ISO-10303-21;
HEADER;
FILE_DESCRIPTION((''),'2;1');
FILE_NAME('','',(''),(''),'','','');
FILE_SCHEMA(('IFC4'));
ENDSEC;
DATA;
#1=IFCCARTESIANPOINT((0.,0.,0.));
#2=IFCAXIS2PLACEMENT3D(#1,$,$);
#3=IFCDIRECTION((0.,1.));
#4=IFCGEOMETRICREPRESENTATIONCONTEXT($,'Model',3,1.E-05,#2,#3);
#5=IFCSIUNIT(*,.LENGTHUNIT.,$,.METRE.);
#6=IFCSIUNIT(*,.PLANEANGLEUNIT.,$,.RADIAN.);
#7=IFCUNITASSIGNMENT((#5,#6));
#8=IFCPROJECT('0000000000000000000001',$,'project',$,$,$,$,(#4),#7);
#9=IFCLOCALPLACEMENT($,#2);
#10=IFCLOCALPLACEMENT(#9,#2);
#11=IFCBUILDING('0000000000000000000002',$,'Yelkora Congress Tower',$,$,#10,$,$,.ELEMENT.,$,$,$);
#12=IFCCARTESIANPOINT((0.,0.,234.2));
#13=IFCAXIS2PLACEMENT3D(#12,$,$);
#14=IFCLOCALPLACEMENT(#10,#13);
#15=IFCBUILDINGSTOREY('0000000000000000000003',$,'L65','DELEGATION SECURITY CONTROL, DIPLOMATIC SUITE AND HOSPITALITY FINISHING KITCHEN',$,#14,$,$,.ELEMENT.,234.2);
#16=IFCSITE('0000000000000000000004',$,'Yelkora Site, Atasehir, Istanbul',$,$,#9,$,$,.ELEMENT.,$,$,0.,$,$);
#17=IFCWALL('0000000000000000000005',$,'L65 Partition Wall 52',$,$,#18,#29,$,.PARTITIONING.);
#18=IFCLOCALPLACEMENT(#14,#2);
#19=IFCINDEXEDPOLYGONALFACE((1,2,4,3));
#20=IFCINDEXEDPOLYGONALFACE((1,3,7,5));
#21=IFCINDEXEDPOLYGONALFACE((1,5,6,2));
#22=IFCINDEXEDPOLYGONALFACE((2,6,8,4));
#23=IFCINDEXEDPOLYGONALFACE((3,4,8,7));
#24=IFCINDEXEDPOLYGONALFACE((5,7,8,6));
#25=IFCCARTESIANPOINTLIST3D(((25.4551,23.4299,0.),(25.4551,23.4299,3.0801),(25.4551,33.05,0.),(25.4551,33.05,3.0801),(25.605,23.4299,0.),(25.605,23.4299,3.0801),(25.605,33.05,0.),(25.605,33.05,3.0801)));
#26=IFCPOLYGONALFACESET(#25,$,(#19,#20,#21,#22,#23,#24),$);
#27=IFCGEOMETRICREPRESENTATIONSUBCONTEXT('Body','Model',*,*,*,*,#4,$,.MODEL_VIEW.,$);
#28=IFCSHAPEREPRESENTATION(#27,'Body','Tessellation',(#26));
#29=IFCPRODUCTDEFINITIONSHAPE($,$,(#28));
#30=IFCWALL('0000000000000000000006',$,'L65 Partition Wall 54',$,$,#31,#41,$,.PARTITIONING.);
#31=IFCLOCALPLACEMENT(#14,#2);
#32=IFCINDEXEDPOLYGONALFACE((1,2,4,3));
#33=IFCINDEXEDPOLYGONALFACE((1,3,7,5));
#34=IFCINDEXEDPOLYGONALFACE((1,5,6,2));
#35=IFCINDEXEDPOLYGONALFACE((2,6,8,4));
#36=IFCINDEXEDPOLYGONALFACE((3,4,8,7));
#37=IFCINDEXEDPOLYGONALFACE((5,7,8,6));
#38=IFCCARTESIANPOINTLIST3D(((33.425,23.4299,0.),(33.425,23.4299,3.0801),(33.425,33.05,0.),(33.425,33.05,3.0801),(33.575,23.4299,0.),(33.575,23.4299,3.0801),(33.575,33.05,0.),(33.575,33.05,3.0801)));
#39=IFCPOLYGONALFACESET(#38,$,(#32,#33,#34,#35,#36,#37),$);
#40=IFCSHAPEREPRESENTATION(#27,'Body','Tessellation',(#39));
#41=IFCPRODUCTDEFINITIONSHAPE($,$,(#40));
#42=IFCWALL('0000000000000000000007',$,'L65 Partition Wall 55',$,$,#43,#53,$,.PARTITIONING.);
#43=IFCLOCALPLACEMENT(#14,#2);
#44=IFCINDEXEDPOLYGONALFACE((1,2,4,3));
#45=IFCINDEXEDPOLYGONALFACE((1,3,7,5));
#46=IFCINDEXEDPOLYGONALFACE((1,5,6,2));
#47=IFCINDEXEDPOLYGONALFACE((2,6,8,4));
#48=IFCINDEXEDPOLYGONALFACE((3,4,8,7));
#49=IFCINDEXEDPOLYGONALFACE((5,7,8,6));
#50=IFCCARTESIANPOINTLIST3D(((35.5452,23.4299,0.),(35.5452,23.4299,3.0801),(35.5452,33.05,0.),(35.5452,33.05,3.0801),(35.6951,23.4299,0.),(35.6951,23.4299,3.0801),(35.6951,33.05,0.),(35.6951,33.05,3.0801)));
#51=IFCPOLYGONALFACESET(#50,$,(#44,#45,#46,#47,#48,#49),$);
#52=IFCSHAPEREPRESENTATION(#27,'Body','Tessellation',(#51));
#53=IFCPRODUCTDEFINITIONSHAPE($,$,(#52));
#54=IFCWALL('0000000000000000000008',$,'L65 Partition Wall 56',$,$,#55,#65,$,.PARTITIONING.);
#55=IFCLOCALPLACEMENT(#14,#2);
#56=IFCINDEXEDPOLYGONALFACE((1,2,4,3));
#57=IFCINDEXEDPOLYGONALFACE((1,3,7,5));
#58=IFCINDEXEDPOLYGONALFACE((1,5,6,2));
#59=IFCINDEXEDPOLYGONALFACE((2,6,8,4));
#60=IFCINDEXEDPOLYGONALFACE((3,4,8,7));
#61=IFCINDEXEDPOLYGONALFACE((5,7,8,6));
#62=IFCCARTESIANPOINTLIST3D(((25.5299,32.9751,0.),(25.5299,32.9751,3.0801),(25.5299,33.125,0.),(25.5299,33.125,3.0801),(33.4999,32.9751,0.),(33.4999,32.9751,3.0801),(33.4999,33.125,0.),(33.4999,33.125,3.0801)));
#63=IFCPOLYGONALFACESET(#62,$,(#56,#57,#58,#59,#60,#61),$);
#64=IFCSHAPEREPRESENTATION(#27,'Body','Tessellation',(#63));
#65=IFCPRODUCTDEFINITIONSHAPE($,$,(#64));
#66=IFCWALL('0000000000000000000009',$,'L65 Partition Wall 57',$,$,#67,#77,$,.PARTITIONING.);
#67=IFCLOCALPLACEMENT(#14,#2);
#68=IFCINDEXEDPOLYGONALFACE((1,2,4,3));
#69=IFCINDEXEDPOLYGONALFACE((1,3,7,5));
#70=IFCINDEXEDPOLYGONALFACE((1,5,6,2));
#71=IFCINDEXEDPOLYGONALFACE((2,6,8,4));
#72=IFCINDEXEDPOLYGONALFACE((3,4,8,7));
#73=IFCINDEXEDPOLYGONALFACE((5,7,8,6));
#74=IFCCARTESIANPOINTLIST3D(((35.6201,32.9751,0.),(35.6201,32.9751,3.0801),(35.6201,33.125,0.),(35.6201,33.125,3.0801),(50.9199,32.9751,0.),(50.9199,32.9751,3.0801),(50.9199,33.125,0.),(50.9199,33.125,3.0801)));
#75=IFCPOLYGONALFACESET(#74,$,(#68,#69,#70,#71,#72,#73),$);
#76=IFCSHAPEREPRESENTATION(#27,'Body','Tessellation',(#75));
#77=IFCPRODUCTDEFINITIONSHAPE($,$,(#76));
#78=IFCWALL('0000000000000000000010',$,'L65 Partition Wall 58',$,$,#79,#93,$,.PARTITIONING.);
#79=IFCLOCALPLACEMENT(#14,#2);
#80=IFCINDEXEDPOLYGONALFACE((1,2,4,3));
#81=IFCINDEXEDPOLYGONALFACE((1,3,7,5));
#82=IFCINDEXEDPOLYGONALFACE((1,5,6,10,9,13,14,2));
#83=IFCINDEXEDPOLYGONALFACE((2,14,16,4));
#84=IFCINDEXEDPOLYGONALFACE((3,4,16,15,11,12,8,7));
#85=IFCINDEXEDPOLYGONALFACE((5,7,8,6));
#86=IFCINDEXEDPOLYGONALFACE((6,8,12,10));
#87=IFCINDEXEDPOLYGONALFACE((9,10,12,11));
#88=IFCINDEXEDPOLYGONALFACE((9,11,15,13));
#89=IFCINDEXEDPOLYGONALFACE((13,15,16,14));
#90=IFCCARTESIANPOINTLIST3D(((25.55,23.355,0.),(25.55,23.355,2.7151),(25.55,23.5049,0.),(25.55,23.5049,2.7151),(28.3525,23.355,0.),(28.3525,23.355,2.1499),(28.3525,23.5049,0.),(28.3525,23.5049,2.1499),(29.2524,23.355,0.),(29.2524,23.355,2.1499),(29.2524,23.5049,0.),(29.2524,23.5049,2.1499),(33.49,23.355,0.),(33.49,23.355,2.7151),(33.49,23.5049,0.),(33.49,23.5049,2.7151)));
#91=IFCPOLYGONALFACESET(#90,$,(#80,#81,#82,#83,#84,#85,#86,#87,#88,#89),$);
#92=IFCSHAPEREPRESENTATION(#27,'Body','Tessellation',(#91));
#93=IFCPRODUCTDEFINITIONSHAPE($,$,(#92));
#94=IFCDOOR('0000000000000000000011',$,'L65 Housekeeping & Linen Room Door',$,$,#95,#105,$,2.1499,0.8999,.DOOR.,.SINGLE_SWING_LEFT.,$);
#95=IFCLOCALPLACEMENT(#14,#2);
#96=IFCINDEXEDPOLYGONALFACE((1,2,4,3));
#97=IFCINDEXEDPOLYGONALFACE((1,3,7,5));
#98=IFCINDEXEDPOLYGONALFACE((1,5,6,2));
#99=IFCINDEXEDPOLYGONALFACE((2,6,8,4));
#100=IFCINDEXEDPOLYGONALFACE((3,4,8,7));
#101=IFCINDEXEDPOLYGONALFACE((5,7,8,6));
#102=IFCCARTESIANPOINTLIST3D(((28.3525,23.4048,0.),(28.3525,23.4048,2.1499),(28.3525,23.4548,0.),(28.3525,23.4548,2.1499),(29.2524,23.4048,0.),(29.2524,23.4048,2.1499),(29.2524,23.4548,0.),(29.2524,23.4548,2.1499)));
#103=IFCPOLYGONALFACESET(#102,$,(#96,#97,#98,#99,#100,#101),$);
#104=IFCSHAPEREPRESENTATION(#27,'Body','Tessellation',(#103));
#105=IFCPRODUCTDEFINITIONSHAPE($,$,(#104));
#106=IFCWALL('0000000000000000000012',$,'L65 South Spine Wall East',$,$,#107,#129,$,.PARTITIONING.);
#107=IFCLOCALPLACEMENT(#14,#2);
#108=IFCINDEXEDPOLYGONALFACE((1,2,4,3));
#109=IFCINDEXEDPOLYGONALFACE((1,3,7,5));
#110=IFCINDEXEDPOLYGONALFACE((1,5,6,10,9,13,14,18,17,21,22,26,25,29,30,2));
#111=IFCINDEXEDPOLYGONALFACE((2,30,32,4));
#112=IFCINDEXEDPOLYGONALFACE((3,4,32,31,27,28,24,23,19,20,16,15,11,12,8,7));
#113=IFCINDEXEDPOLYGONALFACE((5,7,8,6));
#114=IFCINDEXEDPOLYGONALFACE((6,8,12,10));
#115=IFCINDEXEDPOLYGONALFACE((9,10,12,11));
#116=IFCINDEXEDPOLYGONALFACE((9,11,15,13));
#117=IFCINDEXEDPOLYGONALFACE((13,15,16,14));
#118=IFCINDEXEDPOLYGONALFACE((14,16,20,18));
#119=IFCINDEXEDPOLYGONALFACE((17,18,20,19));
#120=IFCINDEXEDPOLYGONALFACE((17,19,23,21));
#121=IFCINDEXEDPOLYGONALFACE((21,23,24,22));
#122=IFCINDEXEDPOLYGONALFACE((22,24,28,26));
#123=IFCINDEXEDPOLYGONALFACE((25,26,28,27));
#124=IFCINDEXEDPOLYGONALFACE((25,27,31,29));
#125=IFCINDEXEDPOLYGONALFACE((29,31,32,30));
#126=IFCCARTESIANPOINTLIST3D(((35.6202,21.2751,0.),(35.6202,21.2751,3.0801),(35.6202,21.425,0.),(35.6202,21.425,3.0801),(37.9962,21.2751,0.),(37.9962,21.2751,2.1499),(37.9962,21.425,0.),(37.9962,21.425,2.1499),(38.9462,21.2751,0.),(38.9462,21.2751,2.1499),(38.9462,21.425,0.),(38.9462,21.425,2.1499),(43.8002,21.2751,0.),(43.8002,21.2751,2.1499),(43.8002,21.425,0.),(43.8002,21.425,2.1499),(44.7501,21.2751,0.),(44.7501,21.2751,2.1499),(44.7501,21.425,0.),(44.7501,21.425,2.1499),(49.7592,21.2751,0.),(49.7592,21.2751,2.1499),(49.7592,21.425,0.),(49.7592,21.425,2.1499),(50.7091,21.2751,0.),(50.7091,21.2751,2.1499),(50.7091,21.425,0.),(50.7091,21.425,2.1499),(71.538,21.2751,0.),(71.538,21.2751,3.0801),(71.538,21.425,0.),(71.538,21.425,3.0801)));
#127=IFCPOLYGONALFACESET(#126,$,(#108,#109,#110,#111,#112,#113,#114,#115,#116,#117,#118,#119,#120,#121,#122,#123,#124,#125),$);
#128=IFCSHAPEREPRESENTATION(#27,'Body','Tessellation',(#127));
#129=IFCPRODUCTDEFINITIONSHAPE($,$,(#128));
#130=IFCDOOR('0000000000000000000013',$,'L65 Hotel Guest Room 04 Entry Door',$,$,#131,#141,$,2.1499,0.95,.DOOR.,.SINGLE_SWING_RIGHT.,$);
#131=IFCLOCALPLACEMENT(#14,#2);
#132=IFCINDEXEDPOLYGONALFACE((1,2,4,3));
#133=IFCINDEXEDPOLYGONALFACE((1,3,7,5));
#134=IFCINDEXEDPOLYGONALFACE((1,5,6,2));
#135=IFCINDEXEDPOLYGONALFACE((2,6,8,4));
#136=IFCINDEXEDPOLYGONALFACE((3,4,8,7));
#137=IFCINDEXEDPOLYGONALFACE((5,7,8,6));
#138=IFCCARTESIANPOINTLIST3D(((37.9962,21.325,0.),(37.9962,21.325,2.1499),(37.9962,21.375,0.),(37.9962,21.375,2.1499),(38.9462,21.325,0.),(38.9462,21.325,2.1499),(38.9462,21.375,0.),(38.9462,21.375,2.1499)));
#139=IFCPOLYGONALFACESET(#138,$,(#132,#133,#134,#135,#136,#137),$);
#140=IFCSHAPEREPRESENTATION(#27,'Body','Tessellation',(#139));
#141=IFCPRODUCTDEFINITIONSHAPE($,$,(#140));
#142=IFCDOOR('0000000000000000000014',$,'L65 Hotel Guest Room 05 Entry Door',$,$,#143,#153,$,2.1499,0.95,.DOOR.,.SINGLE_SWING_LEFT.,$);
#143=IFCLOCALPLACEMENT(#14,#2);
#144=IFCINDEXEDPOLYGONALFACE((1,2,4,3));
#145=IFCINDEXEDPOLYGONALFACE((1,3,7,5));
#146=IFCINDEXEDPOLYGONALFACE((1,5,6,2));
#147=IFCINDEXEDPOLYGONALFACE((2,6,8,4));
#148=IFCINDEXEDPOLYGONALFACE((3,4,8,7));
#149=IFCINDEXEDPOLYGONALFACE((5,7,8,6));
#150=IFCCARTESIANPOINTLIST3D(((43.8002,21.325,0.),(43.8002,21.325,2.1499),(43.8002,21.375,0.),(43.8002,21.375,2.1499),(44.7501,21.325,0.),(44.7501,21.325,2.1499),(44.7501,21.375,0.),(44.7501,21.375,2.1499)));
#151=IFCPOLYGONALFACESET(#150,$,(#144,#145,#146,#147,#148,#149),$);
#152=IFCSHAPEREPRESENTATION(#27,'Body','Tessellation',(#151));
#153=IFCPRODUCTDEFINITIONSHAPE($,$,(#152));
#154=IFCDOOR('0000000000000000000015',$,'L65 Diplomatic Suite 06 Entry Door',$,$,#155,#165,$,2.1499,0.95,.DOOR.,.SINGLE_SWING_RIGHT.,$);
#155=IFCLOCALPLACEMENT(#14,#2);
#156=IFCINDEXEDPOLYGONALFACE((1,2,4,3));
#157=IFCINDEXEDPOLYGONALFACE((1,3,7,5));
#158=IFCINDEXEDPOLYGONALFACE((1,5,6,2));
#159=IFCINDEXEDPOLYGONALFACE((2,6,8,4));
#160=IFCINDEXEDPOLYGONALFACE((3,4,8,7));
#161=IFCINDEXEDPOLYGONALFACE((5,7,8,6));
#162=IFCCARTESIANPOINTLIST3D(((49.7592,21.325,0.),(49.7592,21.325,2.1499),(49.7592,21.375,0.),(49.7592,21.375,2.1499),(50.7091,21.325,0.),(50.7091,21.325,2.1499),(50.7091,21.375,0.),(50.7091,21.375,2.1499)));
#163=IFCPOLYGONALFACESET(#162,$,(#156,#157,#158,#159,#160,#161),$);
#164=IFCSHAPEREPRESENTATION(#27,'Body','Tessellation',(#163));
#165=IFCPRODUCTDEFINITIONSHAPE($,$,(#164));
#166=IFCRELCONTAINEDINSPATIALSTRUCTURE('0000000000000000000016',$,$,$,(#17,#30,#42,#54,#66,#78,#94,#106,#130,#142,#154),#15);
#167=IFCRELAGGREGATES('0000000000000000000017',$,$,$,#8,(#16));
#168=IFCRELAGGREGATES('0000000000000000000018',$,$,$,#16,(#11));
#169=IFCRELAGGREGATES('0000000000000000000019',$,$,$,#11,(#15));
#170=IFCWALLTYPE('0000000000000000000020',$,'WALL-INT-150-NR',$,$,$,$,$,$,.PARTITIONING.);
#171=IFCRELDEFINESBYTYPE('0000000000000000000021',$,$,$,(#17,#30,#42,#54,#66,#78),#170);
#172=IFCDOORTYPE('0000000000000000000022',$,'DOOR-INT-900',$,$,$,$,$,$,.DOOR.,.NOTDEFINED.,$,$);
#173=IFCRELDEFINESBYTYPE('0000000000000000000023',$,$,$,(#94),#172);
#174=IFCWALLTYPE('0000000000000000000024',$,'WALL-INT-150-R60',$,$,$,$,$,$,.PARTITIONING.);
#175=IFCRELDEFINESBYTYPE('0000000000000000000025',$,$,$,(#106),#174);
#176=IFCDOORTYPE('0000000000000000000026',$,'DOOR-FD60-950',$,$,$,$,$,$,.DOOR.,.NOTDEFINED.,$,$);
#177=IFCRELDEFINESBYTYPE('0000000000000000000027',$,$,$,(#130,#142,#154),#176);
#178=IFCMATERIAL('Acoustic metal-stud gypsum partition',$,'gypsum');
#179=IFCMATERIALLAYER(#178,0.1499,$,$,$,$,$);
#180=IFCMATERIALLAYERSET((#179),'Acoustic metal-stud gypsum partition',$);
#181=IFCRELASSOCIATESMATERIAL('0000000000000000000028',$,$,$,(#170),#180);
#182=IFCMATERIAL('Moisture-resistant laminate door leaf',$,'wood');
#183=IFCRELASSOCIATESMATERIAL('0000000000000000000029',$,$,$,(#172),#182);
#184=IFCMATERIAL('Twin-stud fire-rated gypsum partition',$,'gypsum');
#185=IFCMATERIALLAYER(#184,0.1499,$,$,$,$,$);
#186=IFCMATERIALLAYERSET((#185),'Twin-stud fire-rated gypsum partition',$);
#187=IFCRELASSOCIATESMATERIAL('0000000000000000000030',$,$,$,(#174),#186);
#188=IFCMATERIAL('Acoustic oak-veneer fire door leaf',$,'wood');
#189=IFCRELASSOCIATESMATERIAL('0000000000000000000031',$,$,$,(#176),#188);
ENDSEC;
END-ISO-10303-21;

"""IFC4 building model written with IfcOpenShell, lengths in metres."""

from ifc_helpers import new_model, si_unit, direction, frame, frame_2d, origin, place, context, subcontext, project, spatial, rectangle, extrude, material, layer, layer_set, type_object, element, fill, save


model = new_model("IFC4")

# Units and contexts
model_context = context("Model", 3, precision=1e-05, world=origin(), true_north=direction((0.0, 1.0)))
body_context = subcontext(model_context, "Body", "Model", "MODEL_VIEW")
ifc_project = project(units=[si_unit("LENGTHUNIT", "METRE"), si_unit("PLANEANGLEUNIT", "RADIAN")], contexts=[model_context])

# Site, building, storey
site_placement = place(None, origin())
site = spatial("IfcSite", under=ifc_project, at=site_placement, Name="Yelkora Site, Atasehir, Istanbul", CompositionType="ELEMENT", RefElevation=0.0)
building_placement = place(site_placement, origin())
building = spatial("IfcBuilding", under=site, at=building_placement, Name="Yelkora Congress Tower", CompositionType="ELEMENT")
storey_placement = place(building_placement, frame((0.0, 0.0, 234.2)))
storey = spatial("IfcBuildingStorey", under=building, at=storey_placement, Name="L65", Description="DELEGATION SECURITY CONTROL, DIPLOMATIC SUITE AND HOSPITALITY FINISHING KITCHEN", CompositionType="ELEMENT", Elevation=234.2)

# Walls
ifc_material_1 = material(Name="Acoustic metal-stud gypsum partition", Category="gypsum")
ifc_layer_1 = layer(ifc_material_1, 0.1499)
ifc_layer_set_1 = layer_set([ifc_layer_1], Name="Acoustic metal-stud gypsum partition")
wall_type_1 = type_object("IfcWallType", Name="WALL-INT-150-NR", PredefinedType="PARTITIONING", material=ifc_layer_set_1)
for number, where, z_axis, x_axis, name in (
    (1, (25.53, 23.4299, 0.0), (0.0, 0.0, 1.0), (0.0, 1.0, 0.0), "L65 Partition Wall 52"),
    (2, (33.5, 23.4299, 0.0), (0.0, 0.0, 1.0), (0.0, 1.0, 0.0), "L65 Partition Wall 54"),
    (3, (35.6201, 23.4299, 0.0), (0.0, 0.0, 1.0), (0.0, 1.0, 0.0), "L65 Partition Wall 55"),
):
    element("IfcWall", number, at=place(storey_placement, frame(where, z_axis=z_axis, x_axis=x_axis)), inside=storey, type_object=wall_type_1, Name=name, PredefinedType="PARTITIONING", context=body_context, shape_type="SweptSolid", body=[
        extrude(rectangle(XDim=9.6201, YDim=0.1499, at=frame_2d((4.8101, 0.0))), origin(), (0.0, 0.0, 1.0), 3.0801),
    ])
wall_1_placement = place(storey_placement, frame((25.53, 33.05, 0.0), z_axis=(0.0, 0.0, 1.0), x_axis=(1.0, 0.0, 0.0)))
element("IfcWall", 4, at=wall_1_placement, inside=storey, type_object=wall_type_1, Name="L65 Partition Wall 56", PredefinedType="PARTITIONING", context=body_context, shape_type="SweptSolid", body=[
    extrude(rectangle(XDim=7.97, YDim=0.1499, at=frame_2d((3.9849, 0.0))), origin(), (0.0, 0.0, 1.0), 3.0801),
])
wall_2_placement = place(storey_placement, frame((35.6201, 33.05, 0.0), z_axis=(0.0, 0.0, 1.0), x_axis=(1.0, 0.0, 0.0)))
element("IfcWall", 5, at=wall_2_placement, inside=storey, type_object=wall_type_1, Name="L65 Partition Wall 57", PredefinedType="PARTITIONING", context=body_context, shape_type="SweptSolid", body=[
    extrude(rectangle(XDim=15.2998, YDim=0.1499, at=frame_2d((7.6499, 0.0))), origin(), (0.0, 0.0, 1.0), 3.0801),
])

# Wall, opening, door
wall_3_placement = place(storey_placement, frame((25.55, 23.4299, 0.0), z_axis=(0.0, 0.0, 1.0), x_axis=(1.0, 0.0, 0.0)))
wall_3 = element("IfcWall", 6, at=wall_3_placement, inside=storey, type_object=wall_type_1, Name="L65 Partition Wall 58", PredefinedType="PARTITIONING", context=body_context, shape_type="SweptSolid", body=[
    extrude(rectangle(XDim=7.9399, YDim=0.1499, at=frame_2d((3.97, 0.0))), origin(), (0.0, 0.0, 1.0), 2.7151),
])
opening_1_placement = place(wall_3_placement, frame((2.8025, 0.0, 0.0)))
opening_1 = element("IfcOpeningElement", 7, at=opening_1_placement, cuts=wall_3, PredefinedType="OPENING", context=body_context, shape_type="SweptSolid", body=[
    extrude(rectangle(XDim=0.8999, YDim=2.1499, at=frame_2d((0.45, 1.075))), frame((0.0, 0.085, 0.0), z_axis=(0.0, -1.0, 0.0), x_axis=(1.0, 0.0, 0.0)), (0.0, 0.0, 1.0), 0.1699),
])
ifc_material_2 = material(Name="Moisture-resistant laminate door leaf", Category="wood")
door_type_1 = type_object("IfcDoorType", Name="DOOR-INT-900", OperationType="NOTDEFINED", PredefinedType="DOOR", material=ifc_material_2)
door_1_placement = place(opening_1_placement, origin())
door_1 = element("IfcDoor", 8, at=door_1_placement, inside=storey, type_object=door_type_1, Name="L65 Housekeeping & Linen Room Door", OperationType="SINGLE_SWING_LEFT", OverallHeight=2.1499, OverallWidth=0.8999, PredefinedType="DOOR", context=body_context, shape_type="SweptSolid", body=[
    extrude(rectangle(XDim=0.8999, YDim=2.1499, at=frame_2d((0.45, 1.075))), frame((0.0, 0.0249, 0.0), z_axis=(0.0, -1.0, 0.0), x_axis=(1.0, 0.0, 0.0)), (0.0, 0.0, 1.0), 0.05),
])
fill(opening_1, door_1)

# Wall, openings, doors
ifc_material_3 = material(Name="Twin-stud fire-rated gypsum partition", Category="gypsum")
ifc_layer_2 = layer(ifc_material_3, 0.1499)
ifc_layer_set_2 = layer_set([ifc_layer_2], Name="Twin-stud fire-rated gypsum partition")
wall_type_2 = type_object("IfcWallType", Name="WALL-INT-150-R60", PredefinedType="PARTITIONING", material=ifc_layer_set_2)
wall_4_placement = place(storey_placement, frame((35.6201, 21.3501, 0.0), z_axis=(0.0, 0.0, 1.0), x_axis=(1.0, 0.0, 0.0)))
wall_4 = element("IfcWall", 9, at=wall_4_placement, inside=storey, type_object=wall_type_2, Name="L65 South Spine Wall East", PredefinedType="PARTITIONING", context=body_context, shape_type="SweptSolid", body=[
    extrude(rectangle(XDim=35.9177, YDim=0.1499, at=frame_2d((17.959, 0.0))), origin(), (0.0, 0.0, 1.0), 3.0801),
])
opening_2_placement = place(wall_4_placement, frame((2.376, 0.0, 0.0)))
opening_2 = element("IfcOpeningElement", 10, at=opening_2_placement, cuts=wall_4, PredefinedType="OPENING", context=body_context, shape_type="SweptSolid", body=[
    extrude(rectangle(XDim=0.95, YDim=2.1499, at=frame_2d((0.4751, 1.075))), frame((0.0, 0.085, 0.0), z_axis=(0.0, -1.0, 0.0), x_axis=(1.0, 0.0, 0.0)), (0.0, 0.0, 1.0), 0.1699),
])
opening_3_placement = place(wall_4_placement, frame((8.1799, 0.0, 0.0)))
opening_3 = element("IfcOpeningElement", 11, at=opening_3_placement, cuts=wall_4, PredefinedType="OPENING", context=body_context, shape_type="SweptSolid", body=[
    extrude(rectangle(XDim=0.95, YDim=2.1499, at=frame_2d((0.4751, 1.075))), frame((0.0, 0.085, 0.0), z_axis=(0.0, -1.0, 0.0), x_axis=(1.0, 0.0, 0.0)), (0.0, 0.0, 1.0), 0.1699),
])
opening_4_placement = place(wall_4_placement, frame((14.1389, 0.0, 0.0)))
opening_4 = element("IfcOpeningElement", 12, at=opening_4_placement, cuts=wall_4, PredefinedType="OPENING", context=body_context, shape_type="SweptSolid", body=[
    extrude(rectangle(XDim=0.95, YDim=2.1499, at=frame_2d((0.4751, 1.075))), frame((0.0, 0.085, 0.0), z_axis=(0.0, -1.0, 0.0), x_axis=(1.0, 0.0, 0.0)), (0.0, 0.0, 1.0), 0.1699),
])
ifc_material_4 = material(Name="Acoustic oak-veneer fire door leaf", Category="wood")
door_type_2 = type_object("IfcDoorType", Name="DOOR-FD60-950", OperationType="NOTDEFINED", PredefinedType="DOOR", material=ifc_material_4)
door_2_placement = place(opening_2_placement, origin())
door_2 = element("IfcDoor", 13, at=door_2_placement, inside=storey, type_object=door_type_2, Name="L65 Hotel Guest Room 04 Entry Door", OperationType="SINGLE_SWING_RIGHT", OverallHeight=2.1499, OverallWidth=0.95, PredefinedType="DOOR", context=body_context, shape_type="SweptSolid", body=[
    extrude(rectangle(XDim=0.95, YDim=2.1499, at=frame_2d((0.4751, 1.075))), frame((0.0, 0.0249, 0.0), z_axis=(0.0, -1.0, 0.0), x_axis=(1.0, 0.0, 0.0)), (0.0, 0.0, 1.0), 0.05),
])
fill(opening_2, door_2)
door_3_placement = place(opening_3_placement, origin())
door_3 = element("IfcDoor", 14, at=door_3_placement, inside=storey, type_object=door_type_2, Name="L65 Hotel Guest Room 05 Entry Door", OperationType="SINGLE_SWING_LEFT", OverallHeight=2.1499, OverallWidth=0.95, PredefinedType="DOOR", context=body_context, shape_type="SweptSolid", body=[
    extrude(rectangle(XDim=0.95, YDim=2.1499, at=frame_2d((0.4751, 1.075))), frame((0.0, 0.0249, 0.0), z_axis=(0.0, -1.0, 0.0), x_axis=(1.0, 0.0, 0.0)), (0.0, 0.0, 1.0), 0.05),
])
fill(opening_3, door_3)
door_4_placement = place(opening_4_placement, origin())
door_4 = element("IfcDoor", 15, at=door_4_placement, inside=storey, type_object=door_type_2, Name="L65 Diplomatic Suite 06 Entry Door", OperationType="SINGLE_SWING_RIGHT", OverallHeight=2.1499, OverallWidth=0.95, PredefinedType="DOOR", context=body_context, shape_type="SweptSolid", body=[
    extrude(rectangle(XDim=0.95, YDim=2.1499, at=frame_2d((0.4751, 1.075))), frame((0.0, 0.0249, 0.0), z_axis=(0.0, -1.0, 0.0), x_axis=(1.0, 0.0, 0.0)), (0.0, 0.0, 1.0), 0.05),
])
fill(opening_4, door_4)

save(model, "model.ifc")
